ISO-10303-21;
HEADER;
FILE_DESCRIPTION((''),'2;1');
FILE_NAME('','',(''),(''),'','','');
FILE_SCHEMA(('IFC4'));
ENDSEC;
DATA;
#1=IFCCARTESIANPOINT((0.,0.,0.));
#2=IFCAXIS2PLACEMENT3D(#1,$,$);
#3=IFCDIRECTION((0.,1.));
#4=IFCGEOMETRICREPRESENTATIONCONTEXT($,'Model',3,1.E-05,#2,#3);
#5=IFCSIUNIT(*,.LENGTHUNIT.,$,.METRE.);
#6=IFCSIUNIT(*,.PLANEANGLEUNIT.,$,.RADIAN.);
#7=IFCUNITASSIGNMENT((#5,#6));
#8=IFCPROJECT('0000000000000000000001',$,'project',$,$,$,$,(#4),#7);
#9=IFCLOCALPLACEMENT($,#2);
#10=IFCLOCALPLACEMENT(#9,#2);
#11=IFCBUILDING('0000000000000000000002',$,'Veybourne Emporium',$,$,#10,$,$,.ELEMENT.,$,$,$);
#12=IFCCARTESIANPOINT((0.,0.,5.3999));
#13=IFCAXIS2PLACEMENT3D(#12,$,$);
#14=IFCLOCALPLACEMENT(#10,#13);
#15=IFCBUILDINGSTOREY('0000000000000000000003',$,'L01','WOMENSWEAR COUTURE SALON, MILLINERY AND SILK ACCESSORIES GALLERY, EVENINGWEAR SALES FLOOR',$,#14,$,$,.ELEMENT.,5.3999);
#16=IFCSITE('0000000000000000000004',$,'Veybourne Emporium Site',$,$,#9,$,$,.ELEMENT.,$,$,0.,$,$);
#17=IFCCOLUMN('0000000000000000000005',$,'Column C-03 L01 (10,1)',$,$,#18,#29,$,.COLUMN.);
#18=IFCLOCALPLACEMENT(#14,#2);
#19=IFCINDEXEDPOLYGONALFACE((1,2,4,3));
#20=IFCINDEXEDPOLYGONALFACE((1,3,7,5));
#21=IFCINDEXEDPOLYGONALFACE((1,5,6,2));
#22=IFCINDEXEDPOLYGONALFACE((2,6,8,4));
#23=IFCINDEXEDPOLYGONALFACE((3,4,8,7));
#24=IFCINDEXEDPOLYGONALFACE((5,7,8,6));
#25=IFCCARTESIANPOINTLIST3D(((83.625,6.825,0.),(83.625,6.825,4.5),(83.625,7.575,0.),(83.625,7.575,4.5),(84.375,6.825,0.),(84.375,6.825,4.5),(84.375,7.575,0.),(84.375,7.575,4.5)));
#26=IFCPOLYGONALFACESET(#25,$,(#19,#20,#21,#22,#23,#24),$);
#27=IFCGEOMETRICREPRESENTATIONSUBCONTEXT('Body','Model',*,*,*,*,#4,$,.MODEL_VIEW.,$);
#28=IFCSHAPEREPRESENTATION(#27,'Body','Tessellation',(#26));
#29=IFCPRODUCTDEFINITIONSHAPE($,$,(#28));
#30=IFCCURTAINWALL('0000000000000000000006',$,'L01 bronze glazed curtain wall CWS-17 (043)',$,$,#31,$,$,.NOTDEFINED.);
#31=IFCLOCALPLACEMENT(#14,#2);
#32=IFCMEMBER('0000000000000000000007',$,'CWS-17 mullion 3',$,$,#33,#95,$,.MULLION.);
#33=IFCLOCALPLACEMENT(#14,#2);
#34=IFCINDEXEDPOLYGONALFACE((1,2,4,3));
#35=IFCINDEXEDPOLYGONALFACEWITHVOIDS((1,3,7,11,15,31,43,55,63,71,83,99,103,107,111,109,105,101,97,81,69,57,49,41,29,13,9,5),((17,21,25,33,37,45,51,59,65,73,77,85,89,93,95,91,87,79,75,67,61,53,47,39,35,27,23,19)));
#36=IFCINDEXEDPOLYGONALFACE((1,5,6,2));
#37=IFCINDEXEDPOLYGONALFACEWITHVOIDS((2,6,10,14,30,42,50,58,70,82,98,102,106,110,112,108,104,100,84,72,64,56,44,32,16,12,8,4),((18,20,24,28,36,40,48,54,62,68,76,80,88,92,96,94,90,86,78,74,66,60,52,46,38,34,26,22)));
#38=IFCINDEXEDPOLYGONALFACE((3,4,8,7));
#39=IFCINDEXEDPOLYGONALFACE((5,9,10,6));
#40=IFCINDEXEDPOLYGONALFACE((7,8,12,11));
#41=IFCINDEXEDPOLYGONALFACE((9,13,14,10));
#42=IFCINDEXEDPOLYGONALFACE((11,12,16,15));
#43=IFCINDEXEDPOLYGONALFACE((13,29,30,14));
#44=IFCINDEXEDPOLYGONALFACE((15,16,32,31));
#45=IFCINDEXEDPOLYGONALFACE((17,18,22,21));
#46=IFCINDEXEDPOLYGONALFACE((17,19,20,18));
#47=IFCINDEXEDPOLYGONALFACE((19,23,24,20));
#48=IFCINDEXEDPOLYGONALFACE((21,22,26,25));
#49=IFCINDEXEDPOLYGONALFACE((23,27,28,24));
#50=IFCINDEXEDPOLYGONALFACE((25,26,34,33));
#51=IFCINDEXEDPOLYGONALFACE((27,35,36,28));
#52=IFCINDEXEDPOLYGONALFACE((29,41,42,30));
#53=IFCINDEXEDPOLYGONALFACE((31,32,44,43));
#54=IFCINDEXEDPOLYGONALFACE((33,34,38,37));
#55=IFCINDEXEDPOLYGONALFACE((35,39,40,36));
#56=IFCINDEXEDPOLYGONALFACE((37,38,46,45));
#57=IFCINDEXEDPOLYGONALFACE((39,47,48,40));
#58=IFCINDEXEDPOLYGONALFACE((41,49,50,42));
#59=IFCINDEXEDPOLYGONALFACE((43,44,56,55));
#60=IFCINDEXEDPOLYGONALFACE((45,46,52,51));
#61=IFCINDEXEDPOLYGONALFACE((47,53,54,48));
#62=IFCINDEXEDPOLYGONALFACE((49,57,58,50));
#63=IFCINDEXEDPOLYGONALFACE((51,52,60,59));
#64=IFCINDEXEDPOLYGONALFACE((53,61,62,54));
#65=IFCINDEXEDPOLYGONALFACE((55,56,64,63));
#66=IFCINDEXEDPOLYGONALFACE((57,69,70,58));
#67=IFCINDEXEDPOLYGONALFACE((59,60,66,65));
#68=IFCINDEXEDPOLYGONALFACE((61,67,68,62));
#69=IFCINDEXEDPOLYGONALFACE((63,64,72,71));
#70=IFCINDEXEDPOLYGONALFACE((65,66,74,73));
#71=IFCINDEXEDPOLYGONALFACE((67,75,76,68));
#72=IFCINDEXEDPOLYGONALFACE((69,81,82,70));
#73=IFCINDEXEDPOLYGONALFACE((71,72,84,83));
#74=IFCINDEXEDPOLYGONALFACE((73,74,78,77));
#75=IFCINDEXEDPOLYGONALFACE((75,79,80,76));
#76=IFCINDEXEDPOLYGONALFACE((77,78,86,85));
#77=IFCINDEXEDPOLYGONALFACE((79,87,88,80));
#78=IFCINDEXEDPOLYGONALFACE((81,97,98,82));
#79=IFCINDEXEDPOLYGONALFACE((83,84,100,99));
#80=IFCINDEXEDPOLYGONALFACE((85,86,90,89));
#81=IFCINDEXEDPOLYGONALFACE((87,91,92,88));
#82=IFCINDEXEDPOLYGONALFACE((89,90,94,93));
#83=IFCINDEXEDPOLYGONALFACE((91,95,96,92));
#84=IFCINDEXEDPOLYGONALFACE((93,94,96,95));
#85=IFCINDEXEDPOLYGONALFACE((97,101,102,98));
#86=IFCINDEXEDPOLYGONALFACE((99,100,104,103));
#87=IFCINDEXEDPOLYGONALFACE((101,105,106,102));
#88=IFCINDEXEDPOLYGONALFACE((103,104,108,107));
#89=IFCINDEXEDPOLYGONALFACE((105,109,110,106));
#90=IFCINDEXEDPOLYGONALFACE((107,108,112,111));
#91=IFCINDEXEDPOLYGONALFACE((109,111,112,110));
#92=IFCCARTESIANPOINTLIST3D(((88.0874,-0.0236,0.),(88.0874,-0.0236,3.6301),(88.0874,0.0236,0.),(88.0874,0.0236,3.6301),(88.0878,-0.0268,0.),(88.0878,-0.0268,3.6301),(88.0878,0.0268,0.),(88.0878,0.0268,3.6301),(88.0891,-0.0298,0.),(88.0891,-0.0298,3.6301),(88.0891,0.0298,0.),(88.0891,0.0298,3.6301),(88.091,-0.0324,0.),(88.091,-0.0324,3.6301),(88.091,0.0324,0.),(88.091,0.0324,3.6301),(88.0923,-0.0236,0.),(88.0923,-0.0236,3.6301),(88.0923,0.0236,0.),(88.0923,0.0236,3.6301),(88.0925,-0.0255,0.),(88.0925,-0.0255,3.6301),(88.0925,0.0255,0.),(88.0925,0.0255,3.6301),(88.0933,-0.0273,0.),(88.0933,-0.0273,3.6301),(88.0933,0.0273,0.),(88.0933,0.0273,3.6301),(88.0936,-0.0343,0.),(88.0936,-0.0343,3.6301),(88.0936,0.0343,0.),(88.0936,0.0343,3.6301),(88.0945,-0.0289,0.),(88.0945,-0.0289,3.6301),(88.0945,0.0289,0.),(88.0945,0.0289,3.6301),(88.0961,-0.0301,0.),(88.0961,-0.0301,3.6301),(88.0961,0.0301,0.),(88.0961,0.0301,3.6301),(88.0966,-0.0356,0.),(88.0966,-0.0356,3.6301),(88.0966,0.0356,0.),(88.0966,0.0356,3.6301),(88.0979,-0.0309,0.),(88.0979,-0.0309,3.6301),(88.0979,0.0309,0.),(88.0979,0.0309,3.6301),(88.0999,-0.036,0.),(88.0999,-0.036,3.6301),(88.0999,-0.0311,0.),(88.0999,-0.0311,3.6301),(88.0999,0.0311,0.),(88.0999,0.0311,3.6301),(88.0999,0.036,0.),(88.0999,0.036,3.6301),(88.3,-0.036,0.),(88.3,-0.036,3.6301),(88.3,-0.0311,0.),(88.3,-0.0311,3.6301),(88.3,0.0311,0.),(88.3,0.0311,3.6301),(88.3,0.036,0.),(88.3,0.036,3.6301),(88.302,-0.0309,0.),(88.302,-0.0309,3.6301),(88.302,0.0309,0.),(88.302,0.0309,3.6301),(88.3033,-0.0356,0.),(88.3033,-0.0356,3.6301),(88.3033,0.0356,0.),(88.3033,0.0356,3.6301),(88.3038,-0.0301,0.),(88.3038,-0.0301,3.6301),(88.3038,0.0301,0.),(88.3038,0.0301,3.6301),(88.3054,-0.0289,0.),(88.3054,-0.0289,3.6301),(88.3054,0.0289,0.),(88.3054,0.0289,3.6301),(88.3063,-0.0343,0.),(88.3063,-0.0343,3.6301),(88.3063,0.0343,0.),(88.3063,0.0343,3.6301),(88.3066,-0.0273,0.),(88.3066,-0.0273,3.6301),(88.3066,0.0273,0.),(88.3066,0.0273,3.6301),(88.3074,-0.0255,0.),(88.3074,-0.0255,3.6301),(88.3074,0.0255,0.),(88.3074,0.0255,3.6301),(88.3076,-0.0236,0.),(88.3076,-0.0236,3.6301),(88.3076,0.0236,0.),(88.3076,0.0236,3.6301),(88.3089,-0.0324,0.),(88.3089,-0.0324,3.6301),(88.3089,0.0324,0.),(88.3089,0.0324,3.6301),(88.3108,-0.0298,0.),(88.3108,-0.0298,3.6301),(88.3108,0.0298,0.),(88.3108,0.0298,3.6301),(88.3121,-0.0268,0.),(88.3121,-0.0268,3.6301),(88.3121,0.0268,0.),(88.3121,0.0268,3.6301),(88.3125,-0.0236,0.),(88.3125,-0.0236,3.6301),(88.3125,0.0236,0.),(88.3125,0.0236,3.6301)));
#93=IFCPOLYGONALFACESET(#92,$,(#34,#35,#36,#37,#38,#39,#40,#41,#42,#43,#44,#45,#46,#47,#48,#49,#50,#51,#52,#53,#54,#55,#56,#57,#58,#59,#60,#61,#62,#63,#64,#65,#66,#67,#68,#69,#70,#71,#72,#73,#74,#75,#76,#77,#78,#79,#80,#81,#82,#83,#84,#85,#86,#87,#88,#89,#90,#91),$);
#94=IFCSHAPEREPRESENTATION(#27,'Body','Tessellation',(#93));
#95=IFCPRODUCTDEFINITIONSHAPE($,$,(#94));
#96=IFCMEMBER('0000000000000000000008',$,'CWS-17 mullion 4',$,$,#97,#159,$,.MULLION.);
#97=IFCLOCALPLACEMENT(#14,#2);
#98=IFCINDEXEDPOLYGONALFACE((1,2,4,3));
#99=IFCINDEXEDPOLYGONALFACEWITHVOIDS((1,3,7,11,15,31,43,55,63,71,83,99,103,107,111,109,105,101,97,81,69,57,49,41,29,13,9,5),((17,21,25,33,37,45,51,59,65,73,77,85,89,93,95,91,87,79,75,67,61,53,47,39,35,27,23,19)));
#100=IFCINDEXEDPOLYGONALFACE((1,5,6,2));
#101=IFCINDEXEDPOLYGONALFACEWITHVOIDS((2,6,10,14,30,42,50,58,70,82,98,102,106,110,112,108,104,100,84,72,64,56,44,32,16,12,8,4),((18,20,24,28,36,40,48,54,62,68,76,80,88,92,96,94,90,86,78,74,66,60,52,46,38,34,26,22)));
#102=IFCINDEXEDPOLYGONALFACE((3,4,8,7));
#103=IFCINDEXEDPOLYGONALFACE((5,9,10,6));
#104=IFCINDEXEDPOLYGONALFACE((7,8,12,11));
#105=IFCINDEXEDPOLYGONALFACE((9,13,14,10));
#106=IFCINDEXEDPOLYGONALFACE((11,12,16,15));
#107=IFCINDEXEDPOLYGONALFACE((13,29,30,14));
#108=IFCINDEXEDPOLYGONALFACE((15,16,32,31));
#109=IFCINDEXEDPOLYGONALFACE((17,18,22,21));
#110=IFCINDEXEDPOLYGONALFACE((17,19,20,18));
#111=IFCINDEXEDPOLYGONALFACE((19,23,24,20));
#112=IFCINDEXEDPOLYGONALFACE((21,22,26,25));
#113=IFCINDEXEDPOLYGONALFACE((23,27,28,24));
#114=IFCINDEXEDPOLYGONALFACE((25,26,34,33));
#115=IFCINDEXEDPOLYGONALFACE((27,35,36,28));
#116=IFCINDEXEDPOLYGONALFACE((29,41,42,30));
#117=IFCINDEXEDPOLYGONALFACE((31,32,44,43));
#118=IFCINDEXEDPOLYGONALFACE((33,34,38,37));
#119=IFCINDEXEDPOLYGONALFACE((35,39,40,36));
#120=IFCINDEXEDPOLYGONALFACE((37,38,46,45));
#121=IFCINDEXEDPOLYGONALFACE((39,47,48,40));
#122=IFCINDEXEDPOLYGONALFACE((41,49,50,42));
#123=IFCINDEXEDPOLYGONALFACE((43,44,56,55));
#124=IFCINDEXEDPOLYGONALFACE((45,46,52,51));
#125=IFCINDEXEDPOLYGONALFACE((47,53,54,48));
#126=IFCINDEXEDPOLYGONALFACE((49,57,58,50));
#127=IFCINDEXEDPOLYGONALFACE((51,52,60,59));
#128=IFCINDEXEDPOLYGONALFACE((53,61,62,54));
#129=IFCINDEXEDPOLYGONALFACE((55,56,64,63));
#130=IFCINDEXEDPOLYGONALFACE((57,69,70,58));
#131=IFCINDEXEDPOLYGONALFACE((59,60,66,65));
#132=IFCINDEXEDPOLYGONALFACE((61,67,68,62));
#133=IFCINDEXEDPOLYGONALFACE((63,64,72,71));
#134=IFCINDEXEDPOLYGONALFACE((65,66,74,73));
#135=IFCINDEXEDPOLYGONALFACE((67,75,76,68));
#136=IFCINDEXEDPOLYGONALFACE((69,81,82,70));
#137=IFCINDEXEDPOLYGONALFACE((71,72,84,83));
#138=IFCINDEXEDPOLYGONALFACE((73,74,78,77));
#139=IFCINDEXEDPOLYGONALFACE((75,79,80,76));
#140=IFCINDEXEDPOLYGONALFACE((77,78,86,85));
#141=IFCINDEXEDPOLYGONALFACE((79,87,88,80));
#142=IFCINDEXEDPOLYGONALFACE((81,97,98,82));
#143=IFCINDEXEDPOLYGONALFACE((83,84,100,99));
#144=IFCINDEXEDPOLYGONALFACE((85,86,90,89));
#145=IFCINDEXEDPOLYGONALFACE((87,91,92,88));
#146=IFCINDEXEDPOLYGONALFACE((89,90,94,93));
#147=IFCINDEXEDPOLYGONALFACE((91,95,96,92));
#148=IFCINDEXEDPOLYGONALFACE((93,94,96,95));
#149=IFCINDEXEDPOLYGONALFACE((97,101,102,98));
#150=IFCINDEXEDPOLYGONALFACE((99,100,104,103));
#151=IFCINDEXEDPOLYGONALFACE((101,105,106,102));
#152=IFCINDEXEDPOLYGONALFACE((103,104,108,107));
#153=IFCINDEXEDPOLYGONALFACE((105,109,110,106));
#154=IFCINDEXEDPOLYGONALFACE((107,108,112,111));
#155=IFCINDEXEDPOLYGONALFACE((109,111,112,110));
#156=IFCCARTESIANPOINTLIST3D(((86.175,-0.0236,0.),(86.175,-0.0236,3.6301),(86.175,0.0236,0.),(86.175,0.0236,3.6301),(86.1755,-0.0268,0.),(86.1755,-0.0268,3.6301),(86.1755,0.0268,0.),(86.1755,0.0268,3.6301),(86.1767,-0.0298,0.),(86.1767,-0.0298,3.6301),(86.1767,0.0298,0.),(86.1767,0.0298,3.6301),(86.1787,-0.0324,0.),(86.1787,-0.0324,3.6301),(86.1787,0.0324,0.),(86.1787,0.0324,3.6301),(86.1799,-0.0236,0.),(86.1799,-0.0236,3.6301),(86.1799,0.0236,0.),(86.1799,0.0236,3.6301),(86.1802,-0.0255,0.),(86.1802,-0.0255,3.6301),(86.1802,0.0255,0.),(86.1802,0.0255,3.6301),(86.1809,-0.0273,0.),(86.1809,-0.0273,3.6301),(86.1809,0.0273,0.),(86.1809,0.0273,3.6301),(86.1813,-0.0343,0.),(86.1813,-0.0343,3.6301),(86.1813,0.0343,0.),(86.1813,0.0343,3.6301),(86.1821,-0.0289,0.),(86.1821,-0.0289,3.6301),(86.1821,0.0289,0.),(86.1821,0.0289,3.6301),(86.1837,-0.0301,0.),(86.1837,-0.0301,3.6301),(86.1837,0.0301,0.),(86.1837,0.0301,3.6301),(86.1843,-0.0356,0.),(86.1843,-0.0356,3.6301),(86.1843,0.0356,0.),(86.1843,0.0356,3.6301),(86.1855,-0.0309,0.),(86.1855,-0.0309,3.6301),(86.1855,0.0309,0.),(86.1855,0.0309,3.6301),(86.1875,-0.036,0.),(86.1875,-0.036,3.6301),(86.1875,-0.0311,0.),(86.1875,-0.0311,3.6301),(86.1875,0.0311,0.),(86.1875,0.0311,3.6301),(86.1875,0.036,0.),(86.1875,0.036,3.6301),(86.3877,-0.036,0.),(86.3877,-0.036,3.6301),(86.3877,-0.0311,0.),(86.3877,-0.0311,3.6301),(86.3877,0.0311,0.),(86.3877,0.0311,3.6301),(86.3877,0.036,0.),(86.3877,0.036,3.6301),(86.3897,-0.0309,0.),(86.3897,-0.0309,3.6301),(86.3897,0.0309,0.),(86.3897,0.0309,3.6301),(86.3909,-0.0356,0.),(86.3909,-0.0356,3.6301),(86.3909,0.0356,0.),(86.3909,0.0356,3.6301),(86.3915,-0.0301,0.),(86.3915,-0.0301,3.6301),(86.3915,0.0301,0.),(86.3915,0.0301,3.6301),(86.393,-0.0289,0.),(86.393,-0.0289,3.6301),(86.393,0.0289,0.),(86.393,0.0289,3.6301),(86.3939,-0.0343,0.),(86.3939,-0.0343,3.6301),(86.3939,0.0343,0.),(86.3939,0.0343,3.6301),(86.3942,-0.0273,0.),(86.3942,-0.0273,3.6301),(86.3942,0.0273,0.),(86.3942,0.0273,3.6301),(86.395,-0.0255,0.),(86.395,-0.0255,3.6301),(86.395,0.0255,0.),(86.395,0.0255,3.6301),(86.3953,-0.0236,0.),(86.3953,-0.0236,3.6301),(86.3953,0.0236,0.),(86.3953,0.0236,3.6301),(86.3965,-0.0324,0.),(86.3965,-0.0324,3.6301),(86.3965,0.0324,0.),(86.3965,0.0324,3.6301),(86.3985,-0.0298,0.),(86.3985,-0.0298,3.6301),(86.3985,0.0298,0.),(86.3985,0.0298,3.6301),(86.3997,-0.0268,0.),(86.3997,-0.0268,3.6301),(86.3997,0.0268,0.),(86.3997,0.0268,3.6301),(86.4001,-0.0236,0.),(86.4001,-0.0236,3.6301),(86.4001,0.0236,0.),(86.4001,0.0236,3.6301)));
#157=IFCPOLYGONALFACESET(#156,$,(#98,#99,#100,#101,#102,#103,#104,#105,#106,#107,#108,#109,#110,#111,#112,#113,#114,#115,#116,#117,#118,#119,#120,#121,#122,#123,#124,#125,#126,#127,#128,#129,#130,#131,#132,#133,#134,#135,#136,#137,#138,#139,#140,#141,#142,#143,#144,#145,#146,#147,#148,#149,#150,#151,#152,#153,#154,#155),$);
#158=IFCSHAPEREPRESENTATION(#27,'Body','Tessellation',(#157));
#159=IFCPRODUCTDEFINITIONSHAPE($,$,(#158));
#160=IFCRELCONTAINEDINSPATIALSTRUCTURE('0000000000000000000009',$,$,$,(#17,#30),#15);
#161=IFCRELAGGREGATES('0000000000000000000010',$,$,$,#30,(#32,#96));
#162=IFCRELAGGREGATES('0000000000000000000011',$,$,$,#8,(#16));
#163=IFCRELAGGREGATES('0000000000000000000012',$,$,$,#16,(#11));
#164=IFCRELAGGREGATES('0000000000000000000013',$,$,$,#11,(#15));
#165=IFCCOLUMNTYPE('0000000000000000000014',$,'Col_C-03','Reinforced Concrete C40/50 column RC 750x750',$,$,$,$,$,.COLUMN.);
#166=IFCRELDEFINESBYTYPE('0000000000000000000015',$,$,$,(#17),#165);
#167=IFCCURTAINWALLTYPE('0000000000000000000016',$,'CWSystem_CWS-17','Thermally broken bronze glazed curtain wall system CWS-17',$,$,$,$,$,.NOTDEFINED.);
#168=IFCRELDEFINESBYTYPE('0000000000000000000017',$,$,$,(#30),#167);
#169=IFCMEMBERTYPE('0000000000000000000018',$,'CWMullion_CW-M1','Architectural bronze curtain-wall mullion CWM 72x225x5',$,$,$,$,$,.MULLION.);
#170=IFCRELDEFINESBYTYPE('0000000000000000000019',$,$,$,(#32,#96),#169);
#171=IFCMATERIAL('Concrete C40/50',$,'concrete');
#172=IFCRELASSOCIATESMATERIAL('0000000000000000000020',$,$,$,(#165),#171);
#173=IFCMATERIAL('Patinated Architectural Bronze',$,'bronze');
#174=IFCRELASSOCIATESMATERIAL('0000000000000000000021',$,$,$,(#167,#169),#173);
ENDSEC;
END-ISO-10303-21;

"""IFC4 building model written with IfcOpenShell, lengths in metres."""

from ifc_helpers import new_model, si_unit, direction, frame, origin, origin_2d, place, context, subcontext, project, spatial, rectangle, hollow_rectangle, extrude, material, material_profile, profile_set, type_object, element, aggregate, save


model = new_model("IFC4")

# Units and contexts
model_context = context("Model", 3, precision=1e-05, world=origin(), true_north=direction((0.0, 1.0)))
body_context = subcontext(model_context, "Body", "Model", "MODEL_VIEW")
ifc_project = project(units=[si_unit("LENGTHUNIT", "METRE"), si_unit("PLANEANGLEUNIT", "RADIAN")], contexts=[model_context])

# Site, building, storey
site_placement = place(None, origin())
site = spatial("IfcSite", under=ifc_project, at=site_placement, Name="Veybourne Emporium Site", CompositionType="ELEMENT", RefElevation=0.0)
building_placement = place(site_placement, origin())
building = spatial("IfcBuilding", under=site, at=building_placement, Name="Veybourne Emporium", CompositionType="ELEMENT")
storey_placement = place(building_placement, frame((0.0, 0.0, 5.3999)))
storey = spatial("IfcBuildingStorey", under=building, at=storey_placement, Name="L01", Description="WOMENSWEAR COUTURE SALON, MILLINERY AND SILK ACCESSORIES GALLERY, EVENINGWEAR SALES FLOOR", CompositionType="ELEMENT", Elevation=5.3999)

# Column
ifc_material_1 = material(Name="Concrete C40/50", Category="concrete")
ifc_material_profile_1 = material_profile(ifc_material_1, rectangle(XDim=0.75, YDim=0.75, at=origin_2d()), Name="RC 750x750")
ifc_profile_set_1 = profile_set([ifc_material_profile_1], Name="Concrete C40/50")
column_type = type_object("IfcColumnType", Name="Col_C-03", Description="Reinforced Concrete C40/50 column RC 750x750", PredefinedType="COLUMN", material=ifc_profile_set_1)
column_placement = place(storey_placement, frame((84.0, 7.2, 0.0), z_axis=(0.0, 0.0, 1.0), x_axis=(1.0, 0.0, 0.0)))
element("IfcColumn", 1, at=column_placement, inside=storey, type_object=column_type, Name="Column C-03 L01 (10,1)", PredefinedType="COLUMN", context=body_context, shape_type="SweptSolid", body=[
    extrude(rectangle(XDim=0.75, YDim=0.75, at=origin_2d()), origin(), (0.0, 0.0, 1.0), 4.5),
])

# Curtain wall, members
ifc_material_2 = material(Name="Patinated Architectural Bronze", Category="bronze")
curtain_wall_type = type_object("IfcCurtainWallType", Name="CWSystem_CWS-17", Description="Thermally broken bronze glazed curtain wall system CWS-17", PredefinedType="NOTDEFINED", material=ifc_material_2)
curtain_wall_placement = place(storey_placement, origin())
curtain_wall = element("IfcCurtainWall", 2, at=curtain_wall_placement, inside=storey, type_object=curtain_wall_type, Name="L01 bronze glazed curtain wall CWS-17 (043)", PredefinedType="NOTDEFINED")
ifc_material_profile_2 = material_profile(ifc_material_2, hollow_rectangle(XDim=0.072, YDim=0.2251, WallThickness=0.0049, InnerFilletRadius=0.0076, OuterFilletRadius=0.0125, at=origin_2d()), Name="CWM 72x225x5")
ifc_profile_set_2 = profile_set([ifc_material_profile_2], Name="Patinated Architectural Bronze")
member_type_1 = type_object("IfcMemberType", Name="CWMullion_CW-M1", Description="Architectural bronze curtain-wall mullion CWM 72x225x5", PredefinedType="MULLION", material=ifc_profile_set_2)
member_1_placement = place(storey_placement, frame((88.2, 0.0, 0.0), z_axis=(0.0, 0.0, 1.0), x_axis=(0.0, -1.0, 0.0)))
member_1 = element("IfcMember", 3, at=member_1_placement, type_object=member_type_1, Name="CWS-17 mullion 3", PredefinedType="MULLION", context=body_context, shape_type="SweptSolid", body=[
    extrude(hollow_rectangle(XDim=0.072, YDim=0.2251, WallThickness=0.0049, InnerFilletRadius=0.0076, OuterFilletRadius=0.0125, at=origin_2d()), origin(), (0.0, 0.0, 1.0), 3.6301),
])
member_2_placement = place(storey_placement, frame((86.2876, 0.0, 0.0), z_axis=(0.0, 0.0, 1.0), x_axis=(0.0, -1.0, 0.0)))
member_2 = element("IfcMember", 4, at=member_2_placement, type_object=member_type_1, Name="CWS-17 mullion 4", PredefinedType="MULLION", context=body_context, shape_type="SweptSolid", body=[
    extrude(hollow_rectangle(XDim=0.072, YDim=0.2251, WallThickness=0.0049, InnerFilletRadius=0.0076, OuterFilletRadius=0.0125, at=origin_2d()), origin(), (0.0, 0.0, 1.0), 3.6301),
])

aggregate(curtain_wall, [member_1, member_2])

save(model, "model.ifc")
